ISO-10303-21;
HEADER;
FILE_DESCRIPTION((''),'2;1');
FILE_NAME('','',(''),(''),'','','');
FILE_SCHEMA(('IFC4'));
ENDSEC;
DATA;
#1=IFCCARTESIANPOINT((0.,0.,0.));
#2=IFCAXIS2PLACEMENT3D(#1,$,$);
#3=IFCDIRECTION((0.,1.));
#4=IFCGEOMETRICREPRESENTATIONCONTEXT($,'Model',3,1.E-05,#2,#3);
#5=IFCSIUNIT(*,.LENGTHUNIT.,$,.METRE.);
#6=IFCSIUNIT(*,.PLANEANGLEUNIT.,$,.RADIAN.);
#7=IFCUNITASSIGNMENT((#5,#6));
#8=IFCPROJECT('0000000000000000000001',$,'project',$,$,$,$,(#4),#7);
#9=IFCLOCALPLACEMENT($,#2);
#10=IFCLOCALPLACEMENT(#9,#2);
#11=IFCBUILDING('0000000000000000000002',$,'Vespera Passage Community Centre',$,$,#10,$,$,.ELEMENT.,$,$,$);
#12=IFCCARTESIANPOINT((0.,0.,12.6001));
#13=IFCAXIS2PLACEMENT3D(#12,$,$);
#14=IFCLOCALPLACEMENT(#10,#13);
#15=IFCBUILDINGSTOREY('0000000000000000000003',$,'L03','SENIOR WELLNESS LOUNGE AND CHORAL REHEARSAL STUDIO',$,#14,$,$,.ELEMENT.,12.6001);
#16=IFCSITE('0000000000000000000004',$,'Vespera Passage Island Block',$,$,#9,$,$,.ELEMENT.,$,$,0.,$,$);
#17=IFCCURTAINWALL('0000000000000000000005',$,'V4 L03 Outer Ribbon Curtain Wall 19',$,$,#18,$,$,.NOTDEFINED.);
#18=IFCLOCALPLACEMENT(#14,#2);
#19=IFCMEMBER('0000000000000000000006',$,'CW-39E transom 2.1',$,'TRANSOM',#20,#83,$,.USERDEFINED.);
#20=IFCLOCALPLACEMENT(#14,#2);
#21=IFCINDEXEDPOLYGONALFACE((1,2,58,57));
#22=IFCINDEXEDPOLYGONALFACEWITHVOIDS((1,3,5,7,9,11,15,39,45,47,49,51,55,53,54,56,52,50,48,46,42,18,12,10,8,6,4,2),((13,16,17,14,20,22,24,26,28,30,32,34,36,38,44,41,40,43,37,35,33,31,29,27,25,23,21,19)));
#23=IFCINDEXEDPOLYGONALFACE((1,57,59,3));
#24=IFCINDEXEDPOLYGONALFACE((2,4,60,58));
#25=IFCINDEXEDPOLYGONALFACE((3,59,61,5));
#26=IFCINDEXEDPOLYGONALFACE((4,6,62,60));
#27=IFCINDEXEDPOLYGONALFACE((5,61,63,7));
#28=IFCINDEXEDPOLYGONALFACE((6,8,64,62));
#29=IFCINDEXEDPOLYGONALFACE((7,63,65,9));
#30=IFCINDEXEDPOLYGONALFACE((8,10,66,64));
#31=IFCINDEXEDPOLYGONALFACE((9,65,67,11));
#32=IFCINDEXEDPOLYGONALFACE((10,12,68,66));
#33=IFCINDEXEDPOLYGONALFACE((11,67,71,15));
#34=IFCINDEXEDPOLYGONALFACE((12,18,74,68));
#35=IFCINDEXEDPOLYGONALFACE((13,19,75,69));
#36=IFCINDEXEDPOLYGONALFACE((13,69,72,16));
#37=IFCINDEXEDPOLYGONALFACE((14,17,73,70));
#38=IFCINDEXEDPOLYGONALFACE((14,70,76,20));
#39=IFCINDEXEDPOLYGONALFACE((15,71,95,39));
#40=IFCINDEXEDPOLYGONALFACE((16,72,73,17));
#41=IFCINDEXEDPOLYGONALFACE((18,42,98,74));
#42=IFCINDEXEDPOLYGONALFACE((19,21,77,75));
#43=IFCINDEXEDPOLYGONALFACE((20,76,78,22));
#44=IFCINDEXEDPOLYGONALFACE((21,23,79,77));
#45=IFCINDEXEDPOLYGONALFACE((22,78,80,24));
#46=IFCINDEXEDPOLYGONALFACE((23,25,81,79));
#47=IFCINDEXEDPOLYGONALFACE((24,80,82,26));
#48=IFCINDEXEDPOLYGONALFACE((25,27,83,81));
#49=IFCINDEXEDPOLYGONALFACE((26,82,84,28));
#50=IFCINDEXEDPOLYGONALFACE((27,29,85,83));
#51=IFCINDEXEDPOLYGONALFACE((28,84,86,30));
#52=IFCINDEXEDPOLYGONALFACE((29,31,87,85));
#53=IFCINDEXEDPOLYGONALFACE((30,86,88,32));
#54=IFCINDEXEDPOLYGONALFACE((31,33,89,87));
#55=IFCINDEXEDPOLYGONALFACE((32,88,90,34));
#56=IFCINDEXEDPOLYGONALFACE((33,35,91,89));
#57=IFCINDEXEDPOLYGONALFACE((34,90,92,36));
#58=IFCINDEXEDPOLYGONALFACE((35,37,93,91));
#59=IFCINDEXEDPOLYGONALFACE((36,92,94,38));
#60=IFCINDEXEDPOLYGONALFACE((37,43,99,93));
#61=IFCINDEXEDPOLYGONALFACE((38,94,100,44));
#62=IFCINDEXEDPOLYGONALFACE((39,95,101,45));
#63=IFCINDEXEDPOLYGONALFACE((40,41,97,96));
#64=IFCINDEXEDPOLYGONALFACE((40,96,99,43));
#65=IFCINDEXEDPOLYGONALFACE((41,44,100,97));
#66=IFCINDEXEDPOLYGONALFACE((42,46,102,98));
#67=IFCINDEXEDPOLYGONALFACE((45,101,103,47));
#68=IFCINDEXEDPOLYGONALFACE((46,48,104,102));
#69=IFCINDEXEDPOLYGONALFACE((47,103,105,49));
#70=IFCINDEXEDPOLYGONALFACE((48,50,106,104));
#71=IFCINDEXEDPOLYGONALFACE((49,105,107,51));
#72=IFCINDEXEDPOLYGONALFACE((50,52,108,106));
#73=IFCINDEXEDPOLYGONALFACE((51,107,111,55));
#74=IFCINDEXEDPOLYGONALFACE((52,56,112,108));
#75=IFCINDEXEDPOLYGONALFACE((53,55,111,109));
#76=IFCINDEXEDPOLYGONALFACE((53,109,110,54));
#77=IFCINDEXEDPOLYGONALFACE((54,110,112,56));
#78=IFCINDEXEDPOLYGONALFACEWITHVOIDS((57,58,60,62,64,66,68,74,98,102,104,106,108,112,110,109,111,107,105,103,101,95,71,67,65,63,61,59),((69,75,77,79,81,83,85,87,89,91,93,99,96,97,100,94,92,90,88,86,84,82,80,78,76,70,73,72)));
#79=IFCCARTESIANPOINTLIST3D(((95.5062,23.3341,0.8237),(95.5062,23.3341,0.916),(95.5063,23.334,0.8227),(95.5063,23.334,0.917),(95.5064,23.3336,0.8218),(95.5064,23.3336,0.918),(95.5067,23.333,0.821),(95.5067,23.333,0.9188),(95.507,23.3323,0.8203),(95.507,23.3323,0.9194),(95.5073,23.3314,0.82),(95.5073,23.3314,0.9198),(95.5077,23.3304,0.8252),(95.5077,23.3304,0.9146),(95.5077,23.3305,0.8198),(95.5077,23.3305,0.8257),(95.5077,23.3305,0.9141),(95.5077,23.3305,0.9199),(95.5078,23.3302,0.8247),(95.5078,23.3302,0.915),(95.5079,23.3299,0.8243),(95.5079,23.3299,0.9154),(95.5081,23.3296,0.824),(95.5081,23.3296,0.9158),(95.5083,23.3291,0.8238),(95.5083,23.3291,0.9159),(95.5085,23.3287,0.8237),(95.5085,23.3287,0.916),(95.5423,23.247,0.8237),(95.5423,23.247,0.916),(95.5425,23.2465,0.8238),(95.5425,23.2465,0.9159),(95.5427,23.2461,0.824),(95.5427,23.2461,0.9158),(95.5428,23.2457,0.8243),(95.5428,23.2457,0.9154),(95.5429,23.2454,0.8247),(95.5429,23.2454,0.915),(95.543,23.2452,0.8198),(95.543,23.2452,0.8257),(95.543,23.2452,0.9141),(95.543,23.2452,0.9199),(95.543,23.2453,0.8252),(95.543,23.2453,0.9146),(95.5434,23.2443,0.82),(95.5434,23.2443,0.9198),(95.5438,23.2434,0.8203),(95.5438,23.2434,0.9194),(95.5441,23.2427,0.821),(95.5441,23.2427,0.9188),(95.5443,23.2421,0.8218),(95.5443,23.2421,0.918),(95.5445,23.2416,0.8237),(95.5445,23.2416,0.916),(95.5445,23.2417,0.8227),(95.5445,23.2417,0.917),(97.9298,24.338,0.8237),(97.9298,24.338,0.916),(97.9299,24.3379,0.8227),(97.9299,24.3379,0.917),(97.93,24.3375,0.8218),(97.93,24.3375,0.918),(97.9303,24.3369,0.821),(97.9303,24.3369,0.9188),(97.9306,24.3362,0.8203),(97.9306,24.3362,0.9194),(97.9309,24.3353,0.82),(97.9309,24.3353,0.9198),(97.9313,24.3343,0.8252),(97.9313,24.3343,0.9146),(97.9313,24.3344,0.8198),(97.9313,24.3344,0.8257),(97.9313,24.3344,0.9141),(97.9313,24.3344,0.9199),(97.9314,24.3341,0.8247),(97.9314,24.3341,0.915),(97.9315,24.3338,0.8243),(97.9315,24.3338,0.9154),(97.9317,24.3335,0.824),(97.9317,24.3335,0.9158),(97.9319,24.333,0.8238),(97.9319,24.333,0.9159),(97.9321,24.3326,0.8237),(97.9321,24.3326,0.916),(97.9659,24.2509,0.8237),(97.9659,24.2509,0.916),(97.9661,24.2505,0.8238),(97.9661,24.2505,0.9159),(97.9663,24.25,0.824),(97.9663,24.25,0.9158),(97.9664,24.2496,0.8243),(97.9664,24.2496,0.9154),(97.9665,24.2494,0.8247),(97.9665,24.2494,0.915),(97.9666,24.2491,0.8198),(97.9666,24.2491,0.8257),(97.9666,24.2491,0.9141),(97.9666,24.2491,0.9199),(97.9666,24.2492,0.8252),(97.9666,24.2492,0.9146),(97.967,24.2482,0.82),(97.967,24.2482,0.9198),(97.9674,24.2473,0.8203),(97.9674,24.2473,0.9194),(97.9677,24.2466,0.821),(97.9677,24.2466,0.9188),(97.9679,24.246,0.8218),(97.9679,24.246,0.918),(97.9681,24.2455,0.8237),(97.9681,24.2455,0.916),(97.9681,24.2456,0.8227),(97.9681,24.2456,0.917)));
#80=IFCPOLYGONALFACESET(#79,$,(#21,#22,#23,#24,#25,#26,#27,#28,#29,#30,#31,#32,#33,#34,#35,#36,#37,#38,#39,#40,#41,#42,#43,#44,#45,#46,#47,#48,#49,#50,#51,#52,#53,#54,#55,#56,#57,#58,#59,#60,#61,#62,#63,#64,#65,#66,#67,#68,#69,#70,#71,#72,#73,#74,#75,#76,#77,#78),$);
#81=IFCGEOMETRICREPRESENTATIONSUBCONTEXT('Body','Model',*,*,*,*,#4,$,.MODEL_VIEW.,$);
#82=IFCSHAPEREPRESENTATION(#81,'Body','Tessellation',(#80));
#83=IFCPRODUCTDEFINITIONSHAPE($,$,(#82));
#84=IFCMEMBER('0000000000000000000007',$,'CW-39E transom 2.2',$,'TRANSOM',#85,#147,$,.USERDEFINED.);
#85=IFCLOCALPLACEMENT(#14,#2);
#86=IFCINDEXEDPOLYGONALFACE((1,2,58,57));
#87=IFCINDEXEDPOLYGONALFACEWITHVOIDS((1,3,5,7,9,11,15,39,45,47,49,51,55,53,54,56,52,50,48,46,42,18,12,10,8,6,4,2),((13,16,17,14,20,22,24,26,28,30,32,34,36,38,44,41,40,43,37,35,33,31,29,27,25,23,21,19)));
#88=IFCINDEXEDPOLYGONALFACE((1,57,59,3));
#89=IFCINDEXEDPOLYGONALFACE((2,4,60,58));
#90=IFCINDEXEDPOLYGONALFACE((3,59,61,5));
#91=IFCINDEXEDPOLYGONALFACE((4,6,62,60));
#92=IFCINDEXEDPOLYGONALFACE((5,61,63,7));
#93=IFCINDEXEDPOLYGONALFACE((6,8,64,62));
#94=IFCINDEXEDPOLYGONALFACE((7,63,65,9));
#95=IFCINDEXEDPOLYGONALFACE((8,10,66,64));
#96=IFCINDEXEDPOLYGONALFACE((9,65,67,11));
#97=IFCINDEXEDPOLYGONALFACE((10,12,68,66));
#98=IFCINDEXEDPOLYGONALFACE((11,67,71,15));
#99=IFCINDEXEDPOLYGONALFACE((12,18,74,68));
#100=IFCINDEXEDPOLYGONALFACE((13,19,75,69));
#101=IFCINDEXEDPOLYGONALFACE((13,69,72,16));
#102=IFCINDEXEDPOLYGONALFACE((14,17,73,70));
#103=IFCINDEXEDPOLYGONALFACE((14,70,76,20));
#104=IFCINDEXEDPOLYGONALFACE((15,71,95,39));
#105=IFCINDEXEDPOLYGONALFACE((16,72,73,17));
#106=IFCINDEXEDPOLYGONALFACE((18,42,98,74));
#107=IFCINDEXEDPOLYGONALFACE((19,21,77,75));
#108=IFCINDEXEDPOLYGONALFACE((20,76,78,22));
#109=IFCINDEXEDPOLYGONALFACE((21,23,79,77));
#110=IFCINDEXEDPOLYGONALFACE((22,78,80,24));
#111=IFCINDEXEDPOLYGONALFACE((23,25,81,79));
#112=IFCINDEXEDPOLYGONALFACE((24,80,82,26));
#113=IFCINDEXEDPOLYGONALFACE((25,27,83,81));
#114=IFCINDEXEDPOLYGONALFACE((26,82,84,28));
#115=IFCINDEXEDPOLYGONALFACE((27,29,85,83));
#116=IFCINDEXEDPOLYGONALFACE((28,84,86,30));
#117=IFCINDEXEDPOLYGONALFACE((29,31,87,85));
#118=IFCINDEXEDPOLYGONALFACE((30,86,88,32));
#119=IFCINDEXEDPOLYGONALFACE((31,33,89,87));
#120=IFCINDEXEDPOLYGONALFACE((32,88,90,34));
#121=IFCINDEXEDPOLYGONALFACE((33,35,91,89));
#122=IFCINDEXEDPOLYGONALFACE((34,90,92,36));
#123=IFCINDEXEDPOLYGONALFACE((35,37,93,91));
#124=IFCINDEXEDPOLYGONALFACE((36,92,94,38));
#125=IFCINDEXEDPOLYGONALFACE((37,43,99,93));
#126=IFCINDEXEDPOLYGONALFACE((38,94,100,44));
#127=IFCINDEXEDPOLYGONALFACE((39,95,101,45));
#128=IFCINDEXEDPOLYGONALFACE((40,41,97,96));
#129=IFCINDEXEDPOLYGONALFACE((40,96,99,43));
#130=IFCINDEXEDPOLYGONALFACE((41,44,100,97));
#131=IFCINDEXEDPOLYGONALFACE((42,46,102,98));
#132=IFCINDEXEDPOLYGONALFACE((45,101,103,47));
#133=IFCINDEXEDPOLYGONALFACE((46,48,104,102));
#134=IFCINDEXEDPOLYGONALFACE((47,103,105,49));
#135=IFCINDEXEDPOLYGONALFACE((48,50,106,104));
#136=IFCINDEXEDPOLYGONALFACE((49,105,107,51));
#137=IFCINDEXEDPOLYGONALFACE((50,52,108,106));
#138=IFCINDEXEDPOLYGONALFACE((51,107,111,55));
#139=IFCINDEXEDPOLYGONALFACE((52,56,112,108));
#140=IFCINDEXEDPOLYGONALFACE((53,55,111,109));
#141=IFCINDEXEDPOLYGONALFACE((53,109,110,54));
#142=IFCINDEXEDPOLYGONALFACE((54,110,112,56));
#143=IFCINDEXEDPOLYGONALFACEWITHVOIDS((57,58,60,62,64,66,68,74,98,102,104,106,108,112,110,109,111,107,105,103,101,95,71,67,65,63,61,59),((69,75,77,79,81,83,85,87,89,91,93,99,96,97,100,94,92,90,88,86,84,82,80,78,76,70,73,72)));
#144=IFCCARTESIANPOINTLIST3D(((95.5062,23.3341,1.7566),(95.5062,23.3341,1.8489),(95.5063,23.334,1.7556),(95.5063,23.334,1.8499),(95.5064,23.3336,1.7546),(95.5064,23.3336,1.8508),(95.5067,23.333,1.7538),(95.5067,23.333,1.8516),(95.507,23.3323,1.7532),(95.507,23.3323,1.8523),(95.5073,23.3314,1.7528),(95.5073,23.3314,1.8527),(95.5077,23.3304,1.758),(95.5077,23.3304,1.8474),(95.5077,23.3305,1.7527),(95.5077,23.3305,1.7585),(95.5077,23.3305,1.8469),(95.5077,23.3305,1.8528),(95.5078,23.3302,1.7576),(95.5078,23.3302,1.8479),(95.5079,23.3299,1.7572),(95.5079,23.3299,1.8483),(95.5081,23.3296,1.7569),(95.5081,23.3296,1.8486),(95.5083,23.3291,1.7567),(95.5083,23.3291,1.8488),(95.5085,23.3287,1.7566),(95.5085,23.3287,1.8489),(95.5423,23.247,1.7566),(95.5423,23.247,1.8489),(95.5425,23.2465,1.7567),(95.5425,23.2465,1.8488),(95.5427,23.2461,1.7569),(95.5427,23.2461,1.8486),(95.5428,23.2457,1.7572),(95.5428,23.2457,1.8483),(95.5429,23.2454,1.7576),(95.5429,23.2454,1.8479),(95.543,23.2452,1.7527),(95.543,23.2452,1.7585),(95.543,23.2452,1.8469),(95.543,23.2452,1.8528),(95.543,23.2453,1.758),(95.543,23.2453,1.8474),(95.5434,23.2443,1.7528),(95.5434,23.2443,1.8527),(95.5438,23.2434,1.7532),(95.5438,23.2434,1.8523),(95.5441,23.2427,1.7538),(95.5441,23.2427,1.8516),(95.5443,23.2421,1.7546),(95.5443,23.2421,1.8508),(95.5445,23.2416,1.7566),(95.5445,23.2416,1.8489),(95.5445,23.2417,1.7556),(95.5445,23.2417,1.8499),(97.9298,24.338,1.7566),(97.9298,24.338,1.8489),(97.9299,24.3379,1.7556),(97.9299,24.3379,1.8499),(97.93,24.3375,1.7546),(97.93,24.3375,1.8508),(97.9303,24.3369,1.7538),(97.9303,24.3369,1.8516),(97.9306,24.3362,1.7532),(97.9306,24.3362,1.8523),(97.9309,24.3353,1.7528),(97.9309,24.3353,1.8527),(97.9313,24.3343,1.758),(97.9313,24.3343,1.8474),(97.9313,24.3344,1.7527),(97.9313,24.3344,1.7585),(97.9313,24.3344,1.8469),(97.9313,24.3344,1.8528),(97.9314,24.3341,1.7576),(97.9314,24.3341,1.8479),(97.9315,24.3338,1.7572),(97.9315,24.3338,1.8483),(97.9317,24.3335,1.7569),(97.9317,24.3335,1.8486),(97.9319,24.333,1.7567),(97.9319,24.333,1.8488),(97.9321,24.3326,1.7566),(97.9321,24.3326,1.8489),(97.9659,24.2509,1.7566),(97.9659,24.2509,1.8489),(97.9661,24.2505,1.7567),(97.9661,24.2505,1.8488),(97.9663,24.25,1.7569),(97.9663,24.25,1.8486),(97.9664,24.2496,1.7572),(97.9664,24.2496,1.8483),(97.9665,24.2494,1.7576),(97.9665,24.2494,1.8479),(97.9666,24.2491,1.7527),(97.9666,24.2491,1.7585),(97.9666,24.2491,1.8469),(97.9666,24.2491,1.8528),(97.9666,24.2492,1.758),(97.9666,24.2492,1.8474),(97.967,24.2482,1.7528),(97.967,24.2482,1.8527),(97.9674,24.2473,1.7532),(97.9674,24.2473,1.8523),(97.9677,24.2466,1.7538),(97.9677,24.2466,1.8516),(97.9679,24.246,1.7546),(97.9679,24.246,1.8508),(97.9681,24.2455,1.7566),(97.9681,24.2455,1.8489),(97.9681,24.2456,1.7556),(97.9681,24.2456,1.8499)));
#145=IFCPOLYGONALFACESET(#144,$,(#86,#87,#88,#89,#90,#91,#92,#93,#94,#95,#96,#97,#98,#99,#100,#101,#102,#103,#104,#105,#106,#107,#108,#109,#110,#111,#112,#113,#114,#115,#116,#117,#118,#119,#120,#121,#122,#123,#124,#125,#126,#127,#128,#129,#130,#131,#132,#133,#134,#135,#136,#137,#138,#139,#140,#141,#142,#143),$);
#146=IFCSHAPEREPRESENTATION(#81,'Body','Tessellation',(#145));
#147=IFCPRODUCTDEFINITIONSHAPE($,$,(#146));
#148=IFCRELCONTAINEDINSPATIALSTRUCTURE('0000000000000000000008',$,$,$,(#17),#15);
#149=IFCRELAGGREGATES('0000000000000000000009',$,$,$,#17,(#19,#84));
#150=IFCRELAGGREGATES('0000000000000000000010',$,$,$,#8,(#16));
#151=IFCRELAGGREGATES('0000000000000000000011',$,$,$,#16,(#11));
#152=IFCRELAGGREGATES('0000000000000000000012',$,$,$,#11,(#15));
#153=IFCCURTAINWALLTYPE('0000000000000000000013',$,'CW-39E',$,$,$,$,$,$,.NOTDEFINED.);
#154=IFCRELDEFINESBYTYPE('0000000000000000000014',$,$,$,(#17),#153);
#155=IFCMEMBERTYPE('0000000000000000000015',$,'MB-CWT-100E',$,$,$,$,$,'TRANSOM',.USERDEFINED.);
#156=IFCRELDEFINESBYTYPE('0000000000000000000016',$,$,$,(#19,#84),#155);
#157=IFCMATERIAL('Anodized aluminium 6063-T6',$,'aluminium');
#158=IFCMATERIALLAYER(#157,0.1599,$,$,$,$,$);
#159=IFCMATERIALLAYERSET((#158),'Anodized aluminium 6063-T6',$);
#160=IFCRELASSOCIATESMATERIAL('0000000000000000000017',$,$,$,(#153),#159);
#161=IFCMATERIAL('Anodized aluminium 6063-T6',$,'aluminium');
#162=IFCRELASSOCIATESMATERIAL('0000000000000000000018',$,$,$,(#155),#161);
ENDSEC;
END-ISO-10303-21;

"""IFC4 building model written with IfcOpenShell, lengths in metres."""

from ifc_helpers import new_model, si_unit, direction, frame, origin, origin_2d, place, context, subcontext, project, spatial, hollow_rectangle, extrude, material, layer, layer_set, material_profile, profile_set, type_object, element, aggregate, save


model = new_model("IFC4")

# Units and contexts
model_context = context("Model", 3, precision=1e-05, world=origin(), true_north=direction((0.0, 1.0)))
body_context = subcontext(model_context, "Body", "Model", "MODEL_VIEW")
ifc_project = project(units=[si_unit("LENGTHUNIT", "METRE"), si_unit("PLANEANGLEUNIT", "RADIAN")], contexts=[model_context])

# Site, building, storey
site_placement = place(None, origin())
site = spatial("IfcSite", under=ifc_project, at=site_placement, Name="Vespera Passage Island Block", CompositionType="ELEMENT", RefElevation=0.0)
building_placement = place(site_placement, origin())
building = spatial("IfcBuilding", under=site, at=building_placement, Name="Vespera Passage Community Centre", CompositionType="ELEMENT")
storey_placement = place(building_placement, frame((0.0, 0.0, 12.6001)))
storey = spatial("IfcBuildingStorey", under=building, at=storey_placement, Name="L03", Description="SENIOR WELLNESS LOUNGE AND CHORAL REHEARSAL STUDIO", CompositionType="ELEMENT", Elevation=12.6001)

# Curtain wall
ifc_material_1 = material(Name="Anodized aluminium 6063-T6", Category="aluminium")
ifc_layer_1 = layer(ifc_material_1, 0.1599)
ifc_layer_set_1 = layer_set([ifc_layer_1], Name="Anodized aluminium 6063-T6")
curtain_wall_type_1 = type_object("IfcCurtainWallType", Name="CW-39E", PredefinedType="NOTDEFINED", material=ifc_layer_set_1)
curtain_wall_1_placement = place(storey_placement, origin())
curtain_wall_1 = element("IfcCurtainWall", 1, at=curtain_wall_1_placement, inside=storey, type_object=curtain_wall_type_1, Name="V4 L03 Outer Ribbon Curtain Wall 19", PredefinedType="NOTDEFINED")

# Members
ifc_material_2 = material(Name="Anodized aluminium 6063-T6", Category="aluminium")
ifc_material_profile_1 = material_profile(ifc_material_2, hollow_rectangle(XDim=0.1001, YDim=0.1001, WallThickness=0.0039, InnerFilletRadius=0.002, OuterFilletRadius=0.0039, at=origin_2d()), Name="ALU100X100X4")
ifc_profile_set_1 = profile_set([ifc_material_profile_1], Name="Anodized aluminium 6063-T6")
member_type_1 = type_object("IfcMemberType", Name="MB-CWT-100E", ElementType="TRANSOM", PredefinedType="USERDEFINED", material=ifc_profile_set_1)
member_1_placement = place(storey_placement, frame((97.949, 24.2917, 0.8699), z_axis=(-0.923876, -0.382692, 0.0), x_axis=(0.382692, -0.923876, 0.0)))
member_1 = element("IfcMember", 2, at=member_1_placement, type_object=member_type_1, Name="CW-39E transom 2.1", ObjectType="TRANSOM", PredefinedType="USERDEFINED", context=body_context, shape_type="SweptSolid", body=[
    extrude(hollow_rectangle(XDim=0.1001, YDim=0.1001, WallThickness=0.0039, InnerFilletRadius=0.002, OuterFilletRadius=0.0039, at=origin_2d()), origin(), (0.0, 0.0, 1.0), 2.6233),
])
member_2_placement = place(storey_placement, frame((97.949, 24.2917, 1.8027), z_axis=(-0.923876, -0.382692, 0.0), x_axis=(0.382692, -0.923876, 0.0)))
member_2 = element("IfcMember", 3, at=member_2_placement, type_object=member_type_1, Name="CW-39E transom 2.2", ObjectType="TRANSOM", PredefinedType="USERDEFINED", context=body_context, shape_type="SweptSolid", body=[
    extrude(hollow_rectangle(XDim=0.1001, YDim=0.1001, WallThickness=0.0039, InnerFilletRadius=0.002, OuterFilletRadius=0.0039, at=origin_2d()), origin(), (0.0, 0.0, 1.0), 2.6233),
])

aggregate(curtain_wall_1, [member_1, member_2])

save(model, "model.ifc")
